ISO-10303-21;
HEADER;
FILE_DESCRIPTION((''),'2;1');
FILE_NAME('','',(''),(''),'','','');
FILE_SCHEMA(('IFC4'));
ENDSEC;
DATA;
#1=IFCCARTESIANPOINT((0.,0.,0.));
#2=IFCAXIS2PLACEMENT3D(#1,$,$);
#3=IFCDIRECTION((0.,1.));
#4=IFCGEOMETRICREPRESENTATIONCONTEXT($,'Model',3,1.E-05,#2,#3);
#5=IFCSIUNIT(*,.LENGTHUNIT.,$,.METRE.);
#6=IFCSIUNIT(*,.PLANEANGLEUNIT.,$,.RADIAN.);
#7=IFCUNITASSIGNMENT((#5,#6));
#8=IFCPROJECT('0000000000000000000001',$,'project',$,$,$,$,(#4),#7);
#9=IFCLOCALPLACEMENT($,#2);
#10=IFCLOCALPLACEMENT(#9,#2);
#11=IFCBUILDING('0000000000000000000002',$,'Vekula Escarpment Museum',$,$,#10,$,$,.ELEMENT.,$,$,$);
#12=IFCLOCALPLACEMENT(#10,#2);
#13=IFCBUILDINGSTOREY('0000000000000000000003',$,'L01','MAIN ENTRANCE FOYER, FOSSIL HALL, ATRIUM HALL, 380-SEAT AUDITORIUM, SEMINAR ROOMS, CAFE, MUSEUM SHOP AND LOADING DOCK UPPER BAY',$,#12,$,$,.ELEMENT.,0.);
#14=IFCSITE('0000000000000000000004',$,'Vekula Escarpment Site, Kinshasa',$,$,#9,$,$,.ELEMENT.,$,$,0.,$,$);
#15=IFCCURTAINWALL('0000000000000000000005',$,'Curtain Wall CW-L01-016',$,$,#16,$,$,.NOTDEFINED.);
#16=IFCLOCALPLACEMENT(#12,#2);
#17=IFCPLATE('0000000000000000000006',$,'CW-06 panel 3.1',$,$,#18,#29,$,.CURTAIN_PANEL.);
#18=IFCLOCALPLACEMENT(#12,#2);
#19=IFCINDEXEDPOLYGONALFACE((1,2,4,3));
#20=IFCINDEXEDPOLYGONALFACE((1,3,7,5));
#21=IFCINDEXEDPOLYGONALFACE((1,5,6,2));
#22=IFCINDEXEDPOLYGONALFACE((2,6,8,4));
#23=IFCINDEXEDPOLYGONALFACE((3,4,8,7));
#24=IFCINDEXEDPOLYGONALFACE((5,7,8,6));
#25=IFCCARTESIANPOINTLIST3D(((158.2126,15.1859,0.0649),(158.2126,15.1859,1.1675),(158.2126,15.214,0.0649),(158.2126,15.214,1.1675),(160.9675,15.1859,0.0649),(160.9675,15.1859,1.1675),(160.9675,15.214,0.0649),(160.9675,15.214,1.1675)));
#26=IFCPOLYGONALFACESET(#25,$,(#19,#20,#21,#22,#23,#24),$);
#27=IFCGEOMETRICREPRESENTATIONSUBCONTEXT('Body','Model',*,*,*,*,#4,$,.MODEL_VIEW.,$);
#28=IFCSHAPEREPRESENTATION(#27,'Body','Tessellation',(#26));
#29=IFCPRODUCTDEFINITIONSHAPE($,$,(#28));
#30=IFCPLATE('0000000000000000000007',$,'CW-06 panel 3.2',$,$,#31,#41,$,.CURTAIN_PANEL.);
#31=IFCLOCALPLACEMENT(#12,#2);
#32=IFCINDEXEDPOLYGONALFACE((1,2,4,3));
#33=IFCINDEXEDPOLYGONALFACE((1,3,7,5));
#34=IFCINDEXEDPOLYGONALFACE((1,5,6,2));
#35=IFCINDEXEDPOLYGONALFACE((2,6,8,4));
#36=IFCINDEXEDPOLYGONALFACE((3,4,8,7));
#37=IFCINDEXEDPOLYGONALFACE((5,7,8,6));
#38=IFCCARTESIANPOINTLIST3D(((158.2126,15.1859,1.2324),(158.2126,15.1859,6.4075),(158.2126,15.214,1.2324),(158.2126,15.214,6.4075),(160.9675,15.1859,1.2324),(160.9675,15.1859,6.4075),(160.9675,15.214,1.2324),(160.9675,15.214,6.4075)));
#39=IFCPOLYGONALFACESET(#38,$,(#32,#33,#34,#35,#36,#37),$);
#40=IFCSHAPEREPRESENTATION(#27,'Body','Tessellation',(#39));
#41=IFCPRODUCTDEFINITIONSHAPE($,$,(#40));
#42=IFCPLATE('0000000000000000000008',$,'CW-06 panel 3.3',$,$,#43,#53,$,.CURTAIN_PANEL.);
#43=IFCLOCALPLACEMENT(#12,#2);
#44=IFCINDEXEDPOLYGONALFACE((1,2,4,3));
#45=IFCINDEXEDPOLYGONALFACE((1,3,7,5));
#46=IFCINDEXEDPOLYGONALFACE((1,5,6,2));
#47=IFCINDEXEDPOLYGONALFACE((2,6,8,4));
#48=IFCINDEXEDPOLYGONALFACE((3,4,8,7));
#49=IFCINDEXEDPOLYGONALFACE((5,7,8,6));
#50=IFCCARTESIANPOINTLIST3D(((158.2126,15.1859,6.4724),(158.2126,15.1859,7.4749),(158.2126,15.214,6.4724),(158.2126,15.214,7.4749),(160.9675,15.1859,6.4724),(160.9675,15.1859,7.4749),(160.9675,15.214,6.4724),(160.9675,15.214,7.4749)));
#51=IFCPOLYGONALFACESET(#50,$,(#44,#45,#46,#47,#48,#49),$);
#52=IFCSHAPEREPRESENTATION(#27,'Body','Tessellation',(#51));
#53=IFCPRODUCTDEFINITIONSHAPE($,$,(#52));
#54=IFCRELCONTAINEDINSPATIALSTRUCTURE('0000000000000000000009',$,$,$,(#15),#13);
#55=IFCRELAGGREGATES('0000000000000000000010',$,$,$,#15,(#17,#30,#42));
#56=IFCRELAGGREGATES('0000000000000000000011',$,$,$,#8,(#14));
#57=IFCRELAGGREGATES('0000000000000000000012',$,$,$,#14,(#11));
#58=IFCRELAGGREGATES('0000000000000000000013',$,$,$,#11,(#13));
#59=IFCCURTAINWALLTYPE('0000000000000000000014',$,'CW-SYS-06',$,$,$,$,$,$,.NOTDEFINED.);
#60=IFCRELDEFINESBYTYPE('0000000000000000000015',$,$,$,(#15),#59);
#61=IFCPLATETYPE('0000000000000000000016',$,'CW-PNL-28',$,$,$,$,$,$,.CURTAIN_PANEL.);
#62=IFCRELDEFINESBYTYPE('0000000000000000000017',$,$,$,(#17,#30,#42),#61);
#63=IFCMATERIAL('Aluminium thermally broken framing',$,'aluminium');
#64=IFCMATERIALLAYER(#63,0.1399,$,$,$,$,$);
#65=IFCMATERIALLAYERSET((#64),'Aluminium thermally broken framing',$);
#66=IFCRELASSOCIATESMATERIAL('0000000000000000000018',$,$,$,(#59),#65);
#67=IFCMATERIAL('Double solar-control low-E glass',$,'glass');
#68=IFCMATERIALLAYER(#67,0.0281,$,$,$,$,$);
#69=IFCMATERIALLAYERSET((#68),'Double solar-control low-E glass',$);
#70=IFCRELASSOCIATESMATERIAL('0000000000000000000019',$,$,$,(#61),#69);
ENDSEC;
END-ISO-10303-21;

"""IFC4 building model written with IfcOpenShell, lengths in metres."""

from ifc_helpers import new_model, si_unit, direction, frame, origin, origin_2d, place, context, subcontext, project, spatial, rectangle, extrude, material, layer, layer_set, type_object, element, aggregate, save


model = new_model("IFC4")

# Units and contexts
model_context = context("Model", 3, precision=1e-05, world=origin(), true_north=direction((0.0, 1.0)))
body_context = subcontext(model_context, "Body", "Model", "MODEL_VIEW")
ifc_project = project(units=[si_unit("LENGTHUNIT", "METRE"), si_unit("PLANEANGLEUNIT", "RADIAN")], contexts=[model_context])

# Site, building, storey
site_placement = place(None, origin())
site = spatial("IfcSite", under=ifc_project, at=site_placement, Name="Vekula Escarpment Site, Kinshasa", CompositionType="ELEMENT", RefElevation=0.0)
building_placement = place(site_placement, origin())
building = spatial("IfcBuilding", under=site, at=building_placement, Name="Vekula Escarpment Museum", CompositionType="ELEMENT")
storey_placement = place(building_placement, origin())
storey = spatial("IfcBuildingStorey", under=building, at=storey_placement, Name="L01", Description="MAIN ENTRANCE FOYER, FOSSIL HALL, ATRIUM HALL, 380-SEAT AUDITORIUM, SEMINAR ROOMS, CAFE, MUSEUM SHOP AND LOADING DOCK UPPER BAY", CompositionType="ELEMENT", Elevation=0.0)

# Curtain wall, plates
ifc_material_1 = material(Name="Aluminium thermally broken framing", Category="aluminium")
ifc_layer_1 = layer(ifc_material_1, 0.1399)
ifc_layer_set_1 = layer_set([ifc_layer_1], Name="Aluminium thermally broken framing")
curtain_wall_type = type_object("IfcCurtainWallType", Name="CW-SYS-06", PredefinedType="NOTDEFINED", material=ifc_layer_set_1)
curtain_wall_placement = place(storey_placement, origin())
curtain_wall = element("IfcCurtainWall", 1, at=curtain_wall_placement, inside=storey, type_object=curtain_wall_type, Name="Curtain Wall CW-L01-016", PredefinedType="NOTDEFINED")
ifc_material_2 = material(Name="Double solar-control low-E glass", Category="glass")
ifc_layer_2 = layer(ifc_material_2, 0.0281)
ifc_layer_set_2 = layer_set([ifc_layer_2], Name="Double solar-control low-E glass")
plate_type = type_object("IfcPlateType", Name="CW-PNL-28", PredefinedType="CURTAIN_PANEL", material=ifc_layer_set_2)
plate_1_placement = place(storey_placement, frame((159.5901, 15.2, 0.0649), z_axis=(0.0, 0.0, 1.0), x_axis=(-1.0, 0.0, 0.0)))
plate_1 = element("IfcPlate", 2, at=plate_1_placement, type_object=plate_type, Name="CW-06 panel 3.1", PredefinedType="CURTAIN_PANEL", context=body_context, shape_type="SweptSolid", body=[
    extrude(rectangle(XDim=2.7549, YDim=0.0281, at=origin_2d()), origin(), (0.0, 0.0, 1.0), 1.1025),
])
plate_2_placement = place(storey_placement, frame((159.5901, 15.2, 1.2324), z_axis=(0.0, 0.0, 1.0), x_axis=(-1.0, 0.0, 0.0)))
plate_2 = element("IfcPlate", 3, at=plate_2_placement, type_object=plate_type, Name="CW-06 panel 3.2", PredefinedType="CURTAIN_PANEL", context=body_context, shape_type="SweptSolid", body=[
    extrude(rectangle(XDim=2.7549, YDim=0.0281, at=origin_2d()), origin(), (0.0, 0.0, 1.0), 5.175),
])
plate_3_placement = place(storey_placement, frame((159.5901, 15.2, 6.4724), z_axis=(0.0, 0.0, 1.0), x_axis=(-1.0, 0.0, 0.0)))
plate_3 = element("IfcPlate", 4, at=plate_3_placement, type_object=plate_type, Name="CW-06 panel 3.3", PredefinedType="CURTAIN_PANEL", context=body_context, shape_type="SweptSolid", body=[
    extrude(rectangle(XDim=2.7549, YDim=0.0281, at=origin_2d()), origin(), (0.0, 0.0, 1.0), 1.0024),
])
aggregate(curtain_wall, [plate_1, plate_2, plate_3])

save(model, "model.ifc")
